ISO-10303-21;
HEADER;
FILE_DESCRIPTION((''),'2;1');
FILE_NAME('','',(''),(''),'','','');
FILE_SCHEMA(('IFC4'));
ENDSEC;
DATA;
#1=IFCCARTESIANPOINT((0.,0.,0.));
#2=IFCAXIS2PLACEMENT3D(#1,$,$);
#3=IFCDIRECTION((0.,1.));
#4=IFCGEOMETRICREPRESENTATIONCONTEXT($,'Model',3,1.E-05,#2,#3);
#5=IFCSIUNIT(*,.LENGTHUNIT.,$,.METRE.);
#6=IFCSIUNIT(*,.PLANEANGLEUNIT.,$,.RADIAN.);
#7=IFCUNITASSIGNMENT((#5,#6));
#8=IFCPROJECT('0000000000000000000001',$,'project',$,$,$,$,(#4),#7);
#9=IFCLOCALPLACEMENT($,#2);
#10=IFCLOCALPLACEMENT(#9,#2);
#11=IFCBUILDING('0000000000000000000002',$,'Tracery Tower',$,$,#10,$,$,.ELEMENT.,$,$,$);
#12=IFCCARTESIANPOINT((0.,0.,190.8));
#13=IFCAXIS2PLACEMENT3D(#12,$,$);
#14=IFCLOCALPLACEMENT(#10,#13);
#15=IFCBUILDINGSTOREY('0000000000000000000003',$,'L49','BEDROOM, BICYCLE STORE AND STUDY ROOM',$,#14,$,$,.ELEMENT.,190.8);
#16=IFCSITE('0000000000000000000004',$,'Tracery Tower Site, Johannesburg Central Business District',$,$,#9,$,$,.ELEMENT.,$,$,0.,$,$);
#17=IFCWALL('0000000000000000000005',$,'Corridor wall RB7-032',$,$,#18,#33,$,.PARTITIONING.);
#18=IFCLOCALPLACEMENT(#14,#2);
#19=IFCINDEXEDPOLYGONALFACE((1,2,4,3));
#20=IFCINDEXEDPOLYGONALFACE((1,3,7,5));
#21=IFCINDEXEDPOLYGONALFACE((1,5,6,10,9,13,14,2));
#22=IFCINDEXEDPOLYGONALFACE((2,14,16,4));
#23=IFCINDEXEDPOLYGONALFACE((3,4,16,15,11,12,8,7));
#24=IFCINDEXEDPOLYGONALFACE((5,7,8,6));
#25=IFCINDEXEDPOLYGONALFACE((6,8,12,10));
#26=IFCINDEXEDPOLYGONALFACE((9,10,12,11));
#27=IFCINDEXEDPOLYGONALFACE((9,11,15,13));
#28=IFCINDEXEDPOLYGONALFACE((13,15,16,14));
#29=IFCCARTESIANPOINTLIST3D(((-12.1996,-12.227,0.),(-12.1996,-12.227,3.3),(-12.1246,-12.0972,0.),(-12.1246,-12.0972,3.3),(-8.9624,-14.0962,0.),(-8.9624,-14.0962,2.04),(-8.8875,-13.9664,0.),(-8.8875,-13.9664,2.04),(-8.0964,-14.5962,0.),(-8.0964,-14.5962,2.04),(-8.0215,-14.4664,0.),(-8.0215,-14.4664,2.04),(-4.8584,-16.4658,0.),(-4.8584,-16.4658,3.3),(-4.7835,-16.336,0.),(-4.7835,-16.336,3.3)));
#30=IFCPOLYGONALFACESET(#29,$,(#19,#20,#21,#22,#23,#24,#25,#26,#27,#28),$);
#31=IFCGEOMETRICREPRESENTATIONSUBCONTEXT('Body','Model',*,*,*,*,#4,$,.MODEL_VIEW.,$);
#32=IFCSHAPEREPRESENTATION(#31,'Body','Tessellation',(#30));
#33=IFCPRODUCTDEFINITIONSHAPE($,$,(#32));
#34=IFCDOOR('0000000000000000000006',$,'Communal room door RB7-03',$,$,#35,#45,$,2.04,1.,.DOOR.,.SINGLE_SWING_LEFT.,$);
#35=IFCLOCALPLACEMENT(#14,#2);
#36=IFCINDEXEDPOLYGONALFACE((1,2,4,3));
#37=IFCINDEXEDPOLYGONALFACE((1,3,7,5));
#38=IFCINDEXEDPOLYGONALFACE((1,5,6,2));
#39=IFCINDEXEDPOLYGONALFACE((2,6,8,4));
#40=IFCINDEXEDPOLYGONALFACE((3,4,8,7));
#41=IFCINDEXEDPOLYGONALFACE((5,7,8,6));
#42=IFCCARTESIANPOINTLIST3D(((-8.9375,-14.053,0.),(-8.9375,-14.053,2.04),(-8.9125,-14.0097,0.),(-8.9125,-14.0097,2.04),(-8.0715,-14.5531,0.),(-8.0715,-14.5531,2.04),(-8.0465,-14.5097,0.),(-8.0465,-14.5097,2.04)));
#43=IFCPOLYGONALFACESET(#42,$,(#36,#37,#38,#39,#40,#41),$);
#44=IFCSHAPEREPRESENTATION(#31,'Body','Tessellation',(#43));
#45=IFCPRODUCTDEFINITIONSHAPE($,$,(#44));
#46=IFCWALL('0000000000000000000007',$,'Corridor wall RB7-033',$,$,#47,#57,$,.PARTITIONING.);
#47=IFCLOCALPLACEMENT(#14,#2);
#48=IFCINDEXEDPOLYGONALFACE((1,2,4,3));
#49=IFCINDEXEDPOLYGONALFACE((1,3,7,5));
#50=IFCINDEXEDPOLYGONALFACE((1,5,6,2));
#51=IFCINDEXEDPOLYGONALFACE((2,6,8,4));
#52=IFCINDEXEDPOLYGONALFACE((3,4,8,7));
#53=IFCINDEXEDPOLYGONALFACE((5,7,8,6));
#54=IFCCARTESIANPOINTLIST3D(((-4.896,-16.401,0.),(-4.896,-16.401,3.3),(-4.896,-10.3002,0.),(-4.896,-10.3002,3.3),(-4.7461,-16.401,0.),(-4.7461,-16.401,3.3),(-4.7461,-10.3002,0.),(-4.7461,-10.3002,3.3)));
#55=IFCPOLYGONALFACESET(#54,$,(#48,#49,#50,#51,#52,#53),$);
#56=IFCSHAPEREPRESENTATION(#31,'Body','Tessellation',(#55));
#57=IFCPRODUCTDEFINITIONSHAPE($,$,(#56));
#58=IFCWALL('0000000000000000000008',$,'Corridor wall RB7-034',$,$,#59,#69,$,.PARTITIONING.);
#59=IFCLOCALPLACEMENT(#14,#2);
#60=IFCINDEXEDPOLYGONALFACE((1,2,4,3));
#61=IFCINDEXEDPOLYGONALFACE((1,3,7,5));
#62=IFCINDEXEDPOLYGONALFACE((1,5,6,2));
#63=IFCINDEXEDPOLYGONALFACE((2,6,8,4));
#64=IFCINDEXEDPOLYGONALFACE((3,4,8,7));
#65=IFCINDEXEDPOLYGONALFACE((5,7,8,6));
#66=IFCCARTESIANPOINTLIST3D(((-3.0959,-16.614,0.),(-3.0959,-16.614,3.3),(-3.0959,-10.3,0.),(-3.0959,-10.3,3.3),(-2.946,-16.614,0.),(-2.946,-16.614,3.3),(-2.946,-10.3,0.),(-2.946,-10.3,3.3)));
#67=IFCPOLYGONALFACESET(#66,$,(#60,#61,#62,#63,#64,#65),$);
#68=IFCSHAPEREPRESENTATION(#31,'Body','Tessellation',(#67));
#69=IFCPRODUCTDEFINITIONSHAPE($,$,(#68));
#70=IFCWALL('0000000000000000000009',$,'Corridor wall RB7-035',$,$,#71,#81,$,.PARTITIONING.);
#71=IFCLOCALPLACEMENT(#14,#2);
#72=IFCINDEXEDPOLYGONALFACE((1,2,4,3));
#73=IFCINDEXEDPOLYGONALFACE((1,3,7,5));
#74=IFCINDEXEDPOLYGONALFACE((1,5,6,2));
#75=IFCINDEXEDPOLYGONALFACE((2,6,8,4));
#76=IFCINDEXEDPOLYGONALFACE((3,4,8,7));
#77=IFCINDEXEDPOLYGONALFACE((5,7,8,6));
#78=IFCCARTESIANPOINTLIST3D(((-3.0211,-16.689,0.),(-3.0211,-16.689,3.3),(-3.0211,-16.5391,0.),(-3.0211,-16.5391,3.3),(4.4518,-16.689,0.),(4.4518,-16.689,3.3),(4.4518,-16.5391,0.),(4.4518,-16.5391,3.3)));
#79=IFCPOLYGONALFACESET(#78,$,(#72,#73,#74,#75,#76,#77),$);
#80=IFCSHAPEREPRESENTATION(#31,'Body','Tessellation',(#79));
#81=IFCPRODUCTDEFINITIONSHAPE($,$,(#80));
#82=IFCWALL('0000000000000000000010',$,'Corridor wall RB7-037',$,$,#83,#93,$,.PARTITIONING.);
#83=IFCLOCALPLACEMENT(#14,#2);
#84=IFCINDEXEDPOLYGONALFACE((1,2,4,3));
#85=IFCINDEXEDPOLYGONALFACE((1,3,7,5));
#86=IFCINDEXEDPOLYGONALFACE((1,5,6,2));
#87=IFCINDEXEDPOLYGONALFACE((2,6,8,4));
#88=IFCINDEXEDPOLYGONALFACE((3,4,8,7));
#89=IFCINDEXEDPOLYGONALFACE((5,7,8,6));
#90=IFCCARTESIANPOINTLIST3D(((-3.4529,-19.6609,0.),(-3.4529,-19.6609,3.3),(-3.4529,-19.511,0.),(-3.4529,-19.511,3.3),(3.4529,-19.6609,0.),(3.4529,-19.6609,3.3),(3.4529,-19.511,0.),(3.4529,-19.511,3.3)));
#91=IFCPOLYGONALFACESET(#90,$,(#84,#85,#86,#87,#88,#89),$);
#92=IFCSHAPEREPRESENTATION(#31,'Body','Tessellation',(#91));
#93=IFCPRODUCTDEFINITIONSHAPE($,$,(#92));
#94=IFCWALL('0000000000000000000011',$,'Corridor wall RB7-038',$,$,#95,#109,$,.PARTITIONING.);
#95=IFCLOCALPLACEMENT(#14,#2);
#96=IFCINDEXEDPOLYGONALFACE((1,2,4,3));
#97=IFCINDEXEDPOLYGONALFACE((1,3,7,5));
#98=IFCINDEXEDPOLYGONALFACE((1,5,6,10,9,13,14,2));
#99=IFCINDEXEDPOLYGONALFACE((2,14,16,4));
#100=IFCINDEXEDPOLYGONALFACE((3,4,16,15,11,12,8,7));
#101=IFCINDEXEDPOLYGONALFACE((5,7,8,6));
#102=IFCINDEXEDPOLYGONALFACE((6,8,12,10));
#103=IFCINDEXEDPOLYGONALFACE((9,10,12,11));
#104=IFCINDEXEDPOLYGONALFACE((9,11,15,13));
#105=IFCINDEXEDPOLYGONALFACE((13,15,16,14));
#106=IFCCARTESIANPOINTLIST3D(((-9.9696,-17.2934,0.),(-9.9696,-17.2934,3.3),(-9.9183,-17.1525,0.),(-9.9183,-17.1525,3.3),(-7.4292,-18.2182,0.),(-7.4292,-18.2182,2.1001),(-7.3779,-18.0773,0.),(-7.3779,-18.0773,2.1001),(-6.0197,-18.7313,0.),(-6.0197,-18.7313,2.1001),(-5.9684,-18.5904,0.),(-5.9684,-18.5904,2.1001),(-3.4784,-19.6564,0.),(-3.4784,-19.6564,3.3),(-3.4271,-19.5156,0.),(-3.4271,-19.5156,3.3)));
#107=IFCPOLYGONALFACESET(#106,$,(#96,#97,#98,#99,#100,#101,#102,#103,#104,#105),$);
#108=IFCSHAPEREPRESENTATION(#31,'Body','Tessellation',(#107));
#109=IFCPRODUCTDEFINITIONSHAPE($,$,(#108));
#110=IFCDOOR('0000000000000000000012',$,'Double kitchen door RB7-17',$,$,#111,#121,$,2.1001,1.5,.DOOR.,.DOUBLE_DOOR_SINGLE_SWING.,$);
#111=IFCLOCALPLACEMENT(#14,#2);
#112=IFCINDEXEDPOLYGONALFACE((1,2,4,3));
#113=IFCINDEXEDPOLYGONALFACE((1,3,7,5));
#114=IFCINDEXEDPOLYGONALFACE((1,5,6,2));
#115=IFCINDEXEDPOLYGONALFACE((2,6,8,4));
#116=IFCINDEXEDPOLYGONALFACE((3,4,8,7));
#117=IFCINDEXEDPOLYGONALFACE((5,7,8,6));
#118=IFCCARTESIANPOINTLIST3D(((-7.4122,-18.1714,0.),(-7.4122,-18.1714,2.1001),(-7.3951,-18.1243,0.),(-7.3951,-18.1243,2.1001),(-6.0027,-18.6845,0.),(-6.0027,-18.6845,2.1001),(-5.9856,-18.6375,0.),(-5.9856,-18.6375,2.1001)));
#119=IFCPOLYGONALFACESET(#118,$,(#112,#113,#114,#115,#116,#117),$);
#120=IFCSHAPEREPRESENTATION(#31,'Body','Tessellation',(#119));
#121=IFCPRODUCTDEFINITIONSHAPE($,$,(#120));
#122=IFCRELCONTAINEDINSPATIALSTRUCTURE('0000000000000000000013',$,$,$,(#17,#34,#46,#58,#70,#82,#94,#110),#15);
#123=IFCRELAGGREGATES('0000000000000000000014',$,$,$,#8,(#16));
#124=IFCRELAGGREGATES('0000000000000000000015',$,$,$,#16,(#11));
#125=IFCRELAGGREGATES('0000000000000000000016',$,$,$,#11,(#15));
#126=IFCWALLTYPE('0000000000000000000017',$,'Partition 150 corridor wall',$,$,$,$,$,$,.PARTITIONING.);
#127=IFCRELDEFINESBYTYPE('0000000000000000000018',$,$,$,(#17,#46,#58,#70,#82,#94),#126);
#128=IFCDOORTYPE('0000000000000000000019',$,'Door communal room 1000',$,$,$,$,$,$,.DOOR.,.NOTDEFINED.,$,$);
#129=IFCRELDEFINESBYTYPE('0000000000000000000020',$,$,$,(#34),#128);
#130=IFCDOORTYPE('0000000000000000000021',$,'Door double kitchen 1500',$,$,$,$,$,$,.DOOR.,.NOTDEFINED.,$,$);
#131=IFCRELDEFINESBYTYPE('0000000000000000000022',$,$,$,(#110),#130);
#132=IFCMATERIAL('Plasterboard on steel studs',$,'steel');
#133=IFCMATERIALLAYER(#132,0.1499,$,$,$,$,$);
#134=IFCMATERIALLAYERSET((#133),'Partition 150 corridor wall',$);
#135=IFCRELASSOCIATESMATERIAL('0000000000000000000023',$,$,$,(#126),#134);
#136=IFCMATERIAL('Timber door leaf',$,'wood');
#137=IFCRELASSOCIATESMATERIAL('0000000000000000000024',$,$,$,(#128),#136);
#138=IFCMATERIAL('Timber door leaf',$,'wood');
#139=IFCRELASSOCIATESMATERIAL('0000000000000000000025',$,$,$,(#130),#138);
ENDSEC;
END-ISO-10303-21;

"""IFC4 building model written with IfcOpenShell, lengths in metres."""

from ifc_helpers import new_model, si_unit, direction, frame, frame_2d, origin, place, context, subcontext, project, spatial, rectangle, extrude, material, layer, layer_set, type_object, element, fill, save


model = new_model("IFC4")

# Units and contexts
model_context = context("Model", 3, precision=1e-05, world=origin(), true_north=direction((0.0, 1.0)))
body_context = subcontext(model_context, "Body", "Model", "MODEL_VIEW")
ifc_project = project(units=[si_unit("LENGTHUNIT", "METRE"), si_unit("PLANEANGLEUNIT", "RADIAN")], contexts=[model_context])

# Site, building, storey
site_placement = place(None, origin())
site = spatial("IfcSite", under=ifc_project, at=site_placement, Name="Tracery Tower Site, Johannesburg Central Business District", CompositionType="ELEMENT", RefElevation=0.0)
building_placement = place(site_placement, origin())
building = spatial("IfcBuilding", under=site, at=building_placement, Name="Tracery Tower", CompositionType="ELEMENT")
storey_placement = place(building_placement, frame((0.0, 0.0, 190.8)))
storey = spatial("IfcBuildingStorey", under=building, at=storey_placement, Name="L49", Description="BEDROOM, BICYCLE STORE AND STUDY ROOM", CompositionType="ELEMENT", Elevation=190.8)

# Wall, opening, door
ifc_material_1 = material(Name="Plasterboard on steel studs", Category="steel")
ifc_layer_1 = layer(ifc_material_1, 0.1499)
ifc_layer_set_1 = layer_set([ifc_layer_1], Name="Partition 150 corridor wall")
wall_type_1 = type_object("IfcWallType", Name="Partition 150 corridor wall", PredefinedType="PARTITIONING", material=ifc_layer_set_1)
wall_1_placement = place(storey_placement, frame((-12.1621, -12.1621, 0.0), z_axis=(0.0, 0.0, 1.0), x_axis=(0.866005, -0.500036, 0.0)))
wall_1 = element("IfcWall", 1, at=wall_1_placement, inside=storey, type_object=wall_type_1, Name="Corridor wall RB7-032", PredefinedType="PARTITIONING", context=body_context, shape_type="SweptSolid", body=[
    extrude(rectangle(XDim=8.4771, YDim=0.1499, at=frame_2d((4.2385, 0.0))), origin(), (0.0, 0.0, 1.0), 3.3),
])
opening_1_placement = place(wall_1_placement, frame((3.738, 0.0, 0.0)))
opening_1 = element("IfcOpeningElement", 2, at=opening_1_placement, cuts=wall_1, PredefinedType="OPENING", context=body_context, shape_type="SweptSolid", body=[
    extrude(rectangle(XDim=1.0, YDim=2.04, at=frame_2d((0.5, 1.02))), frame((0.0, 0.075, 0.0), z_axis=(0.0, -1.0, 0.0), x_axis=(1.0, 0.0, 0.0)), (0.0, 0.0, 1.0), 0.1499),
])
ifc_material_2 = material(Name="Timber door leaf", Category="wood")
door_type_1 = type_object("IfcDoorType", Name="Door communal room 1000", OperationType="NOTDEFINED", PredefinedType="DOOR", material=ifc_material_2)
door_1_placement = place(opening_1_placement, origin())
door_1 = element("IfcDoor", 3, at=door_1_placement, inside=storey, type_object=door_type_1, Name="Communal room door RB7-03", OperationType="SINGLE_SWING_LEFT", OverallHeight=2.04, OverallWidth=1.0, PredefinedType="DOOR", context=body_context, shape_type="SweptSolid", body=[
    extrude(rectangle(XDim=1.0, YDim=2.04, at=frame_2d((0.5, 1.02))), frame((0.0, 0.0249, 0.0), z_axis=(0.0, -1.0, 0.0), x_axis=(1.0, 0.0, 0.0)), (0.0, 0.0, 1.0), 0.05),
])
fill(opening_1, door_1)

# Walls
wall_2_placement = place(storey_placement, frame((-4.821, -16.4009, 0.0), z_axis=(0.0, 0.0, 1.0), x_axis=(0.0, 1.0, 0.0)))
element("IfcWall", 4, at=wall_2_placement, inside=storey, type_object=wall_type_1, Name="Corridor wall RB7-033", PredefinedType="PARTITIONING", context=body_context, shape_type="SweptSolid", body=[
    extrude(rectangle(XDim=6.1008, YDim=0.1499, at=frame_2d((3.0503, 0.0))), origin(), (0.0, 0.0, 1.0), 3.3),
])
wall_3_placement = place(storey_placement, frame((-3.021, -16.614, 0.0), z_axis=(0.0, 0.0, 1.0), x_axis=(0.0, 1.0, 0.0)))
element("IfcWall", 5, at=wall_3_placement, inside=storey, type_object=wall_type_1, Name="Corridor wall RB7-034", PredefinedType="PARTITIONING", context=body_context, shape_type="SweptSolid", body=[
    extrude(rectangle(XDim=6.314, YDim=0.1499, at=frame_2d((3.157, 0.0))), origin(), (0.0, 0.0, 1.0), 3.3),
])
wall_4_placement = place(storey_placement, frame((-3.021, -16.614, 0.0), z_axis=(0.0, 0.0, 1.0), x_axis=(1.0, 0.0, 0.0)))
element("IfcWall", 6, at=wall_4_placement, inside=storey, type_object=wall_type_1, Name="Corridor wall RB7-035", PredefinedType="PARTITIONING", context=body_context, shape_type="SweptSolid", body=[
    extrude(rectangle(XDim=7.4729, YDim=0.1499, at=frame_2d((3.7363, 0.0))), origin(), (0.0, 0.0, 1.0), 3.3),
])
wall_5_placement = place(storey_placement, frame((-3.4529, -19.5859, 0.0), z_axis=(0.0, 0.0, 1.0), x_axis=(1.0, 0.0, 0.0)))
element("IfcWall", 7, at=wall_5_placement, inside=storey, type_object=wall_type_1, Name="Corridor wall RB7-037", PredefinedType="PARTITIONING", context=body_context, shape_type="SweptSolid", body=[
    extrude(rectangle(XDim=6.9058, YDim=0.1499, at=frame_2d((3.4529, 0.0))), origin(), (0.0, 0.0, 1.0), 3.3),
])

# Wall, opening, door
wall_6_placement = place(storey_placement, frame((-9.9441, -17.2229, 0.0), z_axis=(0.0, 0.0, 1.0), x_axis=(0.939673, -0.342075, 0.0)))
wall_6 = element("IfcWall", 8, at=wall_6_placement, inside=storey, type_object=wall_type_1, Name="Corridor wall RB7-038", PredefinedType="PARTITIONING", context=body_context, shape_type="SweptSolid", body=[
    extrude(rectangle(XDim=6.908, YDim=0.1499, at=frame_2d((3.4541, 0.0))), origin(), (0.0, 0.0, 1.0), 3.3),
])
opening_2_placement = place(wall_6_placement, frame((2.7036, 0.0, 0.0)))
opening_2 = element("IfcOpeningElement", 9, at=opening_2_placement, cuts=wall_6, PredefinedType="OPENING", context=body_context, shape_type="SweptSolid", body=[
    extrude(rectangle(XDim=1.5, YDim=2.1001, at=frame_2d((0.75, 1.05))), frame((0.0, 0.075, 0.0), z_axis=(0.0, -1.0, 0.0), x_axis=(1.0, 0.0, 0.0)), (0.0, 0.0, 1.0), 0.1499),
])
ifc_material_3 = material(Name="Timber door leaf", Category="wood")
door_type_2 = type_object("IfcDoorType", Name="Door double kitchen 1500", OperationType="NOTDEFINED", PredefinedType="DOOR", material=ifc_material_3)
door_2_placement = place(opening_2_placement, origin())
door_2 = element("IfcDoor", 10, at=door_2_placement, inside=storey, type_object=door_type_2, Name="Double kitchen door RB7-17", OperationType="DOUBLE_DOOR_SINGLE_SWING", OverallHeight=2.1001, OverallWidth=1.5, PredefinedType="DOOR", context=body_context, shape_type="SweptSolid", body=[
    extrude(rectangle(XDim=1.5, YDim=2.1001, at=frame_2d((0.75, 1.05))), frame((0.0, 0.0249, 0.0), z_axis=(0.0, -1.0, 0.0), x_axis=(1.0, 0.0, 0.0)), (0.0, 0.0, 1.0), 0.05),
])
fill(opening_2, door_2)

save(model, "model.ifc")
